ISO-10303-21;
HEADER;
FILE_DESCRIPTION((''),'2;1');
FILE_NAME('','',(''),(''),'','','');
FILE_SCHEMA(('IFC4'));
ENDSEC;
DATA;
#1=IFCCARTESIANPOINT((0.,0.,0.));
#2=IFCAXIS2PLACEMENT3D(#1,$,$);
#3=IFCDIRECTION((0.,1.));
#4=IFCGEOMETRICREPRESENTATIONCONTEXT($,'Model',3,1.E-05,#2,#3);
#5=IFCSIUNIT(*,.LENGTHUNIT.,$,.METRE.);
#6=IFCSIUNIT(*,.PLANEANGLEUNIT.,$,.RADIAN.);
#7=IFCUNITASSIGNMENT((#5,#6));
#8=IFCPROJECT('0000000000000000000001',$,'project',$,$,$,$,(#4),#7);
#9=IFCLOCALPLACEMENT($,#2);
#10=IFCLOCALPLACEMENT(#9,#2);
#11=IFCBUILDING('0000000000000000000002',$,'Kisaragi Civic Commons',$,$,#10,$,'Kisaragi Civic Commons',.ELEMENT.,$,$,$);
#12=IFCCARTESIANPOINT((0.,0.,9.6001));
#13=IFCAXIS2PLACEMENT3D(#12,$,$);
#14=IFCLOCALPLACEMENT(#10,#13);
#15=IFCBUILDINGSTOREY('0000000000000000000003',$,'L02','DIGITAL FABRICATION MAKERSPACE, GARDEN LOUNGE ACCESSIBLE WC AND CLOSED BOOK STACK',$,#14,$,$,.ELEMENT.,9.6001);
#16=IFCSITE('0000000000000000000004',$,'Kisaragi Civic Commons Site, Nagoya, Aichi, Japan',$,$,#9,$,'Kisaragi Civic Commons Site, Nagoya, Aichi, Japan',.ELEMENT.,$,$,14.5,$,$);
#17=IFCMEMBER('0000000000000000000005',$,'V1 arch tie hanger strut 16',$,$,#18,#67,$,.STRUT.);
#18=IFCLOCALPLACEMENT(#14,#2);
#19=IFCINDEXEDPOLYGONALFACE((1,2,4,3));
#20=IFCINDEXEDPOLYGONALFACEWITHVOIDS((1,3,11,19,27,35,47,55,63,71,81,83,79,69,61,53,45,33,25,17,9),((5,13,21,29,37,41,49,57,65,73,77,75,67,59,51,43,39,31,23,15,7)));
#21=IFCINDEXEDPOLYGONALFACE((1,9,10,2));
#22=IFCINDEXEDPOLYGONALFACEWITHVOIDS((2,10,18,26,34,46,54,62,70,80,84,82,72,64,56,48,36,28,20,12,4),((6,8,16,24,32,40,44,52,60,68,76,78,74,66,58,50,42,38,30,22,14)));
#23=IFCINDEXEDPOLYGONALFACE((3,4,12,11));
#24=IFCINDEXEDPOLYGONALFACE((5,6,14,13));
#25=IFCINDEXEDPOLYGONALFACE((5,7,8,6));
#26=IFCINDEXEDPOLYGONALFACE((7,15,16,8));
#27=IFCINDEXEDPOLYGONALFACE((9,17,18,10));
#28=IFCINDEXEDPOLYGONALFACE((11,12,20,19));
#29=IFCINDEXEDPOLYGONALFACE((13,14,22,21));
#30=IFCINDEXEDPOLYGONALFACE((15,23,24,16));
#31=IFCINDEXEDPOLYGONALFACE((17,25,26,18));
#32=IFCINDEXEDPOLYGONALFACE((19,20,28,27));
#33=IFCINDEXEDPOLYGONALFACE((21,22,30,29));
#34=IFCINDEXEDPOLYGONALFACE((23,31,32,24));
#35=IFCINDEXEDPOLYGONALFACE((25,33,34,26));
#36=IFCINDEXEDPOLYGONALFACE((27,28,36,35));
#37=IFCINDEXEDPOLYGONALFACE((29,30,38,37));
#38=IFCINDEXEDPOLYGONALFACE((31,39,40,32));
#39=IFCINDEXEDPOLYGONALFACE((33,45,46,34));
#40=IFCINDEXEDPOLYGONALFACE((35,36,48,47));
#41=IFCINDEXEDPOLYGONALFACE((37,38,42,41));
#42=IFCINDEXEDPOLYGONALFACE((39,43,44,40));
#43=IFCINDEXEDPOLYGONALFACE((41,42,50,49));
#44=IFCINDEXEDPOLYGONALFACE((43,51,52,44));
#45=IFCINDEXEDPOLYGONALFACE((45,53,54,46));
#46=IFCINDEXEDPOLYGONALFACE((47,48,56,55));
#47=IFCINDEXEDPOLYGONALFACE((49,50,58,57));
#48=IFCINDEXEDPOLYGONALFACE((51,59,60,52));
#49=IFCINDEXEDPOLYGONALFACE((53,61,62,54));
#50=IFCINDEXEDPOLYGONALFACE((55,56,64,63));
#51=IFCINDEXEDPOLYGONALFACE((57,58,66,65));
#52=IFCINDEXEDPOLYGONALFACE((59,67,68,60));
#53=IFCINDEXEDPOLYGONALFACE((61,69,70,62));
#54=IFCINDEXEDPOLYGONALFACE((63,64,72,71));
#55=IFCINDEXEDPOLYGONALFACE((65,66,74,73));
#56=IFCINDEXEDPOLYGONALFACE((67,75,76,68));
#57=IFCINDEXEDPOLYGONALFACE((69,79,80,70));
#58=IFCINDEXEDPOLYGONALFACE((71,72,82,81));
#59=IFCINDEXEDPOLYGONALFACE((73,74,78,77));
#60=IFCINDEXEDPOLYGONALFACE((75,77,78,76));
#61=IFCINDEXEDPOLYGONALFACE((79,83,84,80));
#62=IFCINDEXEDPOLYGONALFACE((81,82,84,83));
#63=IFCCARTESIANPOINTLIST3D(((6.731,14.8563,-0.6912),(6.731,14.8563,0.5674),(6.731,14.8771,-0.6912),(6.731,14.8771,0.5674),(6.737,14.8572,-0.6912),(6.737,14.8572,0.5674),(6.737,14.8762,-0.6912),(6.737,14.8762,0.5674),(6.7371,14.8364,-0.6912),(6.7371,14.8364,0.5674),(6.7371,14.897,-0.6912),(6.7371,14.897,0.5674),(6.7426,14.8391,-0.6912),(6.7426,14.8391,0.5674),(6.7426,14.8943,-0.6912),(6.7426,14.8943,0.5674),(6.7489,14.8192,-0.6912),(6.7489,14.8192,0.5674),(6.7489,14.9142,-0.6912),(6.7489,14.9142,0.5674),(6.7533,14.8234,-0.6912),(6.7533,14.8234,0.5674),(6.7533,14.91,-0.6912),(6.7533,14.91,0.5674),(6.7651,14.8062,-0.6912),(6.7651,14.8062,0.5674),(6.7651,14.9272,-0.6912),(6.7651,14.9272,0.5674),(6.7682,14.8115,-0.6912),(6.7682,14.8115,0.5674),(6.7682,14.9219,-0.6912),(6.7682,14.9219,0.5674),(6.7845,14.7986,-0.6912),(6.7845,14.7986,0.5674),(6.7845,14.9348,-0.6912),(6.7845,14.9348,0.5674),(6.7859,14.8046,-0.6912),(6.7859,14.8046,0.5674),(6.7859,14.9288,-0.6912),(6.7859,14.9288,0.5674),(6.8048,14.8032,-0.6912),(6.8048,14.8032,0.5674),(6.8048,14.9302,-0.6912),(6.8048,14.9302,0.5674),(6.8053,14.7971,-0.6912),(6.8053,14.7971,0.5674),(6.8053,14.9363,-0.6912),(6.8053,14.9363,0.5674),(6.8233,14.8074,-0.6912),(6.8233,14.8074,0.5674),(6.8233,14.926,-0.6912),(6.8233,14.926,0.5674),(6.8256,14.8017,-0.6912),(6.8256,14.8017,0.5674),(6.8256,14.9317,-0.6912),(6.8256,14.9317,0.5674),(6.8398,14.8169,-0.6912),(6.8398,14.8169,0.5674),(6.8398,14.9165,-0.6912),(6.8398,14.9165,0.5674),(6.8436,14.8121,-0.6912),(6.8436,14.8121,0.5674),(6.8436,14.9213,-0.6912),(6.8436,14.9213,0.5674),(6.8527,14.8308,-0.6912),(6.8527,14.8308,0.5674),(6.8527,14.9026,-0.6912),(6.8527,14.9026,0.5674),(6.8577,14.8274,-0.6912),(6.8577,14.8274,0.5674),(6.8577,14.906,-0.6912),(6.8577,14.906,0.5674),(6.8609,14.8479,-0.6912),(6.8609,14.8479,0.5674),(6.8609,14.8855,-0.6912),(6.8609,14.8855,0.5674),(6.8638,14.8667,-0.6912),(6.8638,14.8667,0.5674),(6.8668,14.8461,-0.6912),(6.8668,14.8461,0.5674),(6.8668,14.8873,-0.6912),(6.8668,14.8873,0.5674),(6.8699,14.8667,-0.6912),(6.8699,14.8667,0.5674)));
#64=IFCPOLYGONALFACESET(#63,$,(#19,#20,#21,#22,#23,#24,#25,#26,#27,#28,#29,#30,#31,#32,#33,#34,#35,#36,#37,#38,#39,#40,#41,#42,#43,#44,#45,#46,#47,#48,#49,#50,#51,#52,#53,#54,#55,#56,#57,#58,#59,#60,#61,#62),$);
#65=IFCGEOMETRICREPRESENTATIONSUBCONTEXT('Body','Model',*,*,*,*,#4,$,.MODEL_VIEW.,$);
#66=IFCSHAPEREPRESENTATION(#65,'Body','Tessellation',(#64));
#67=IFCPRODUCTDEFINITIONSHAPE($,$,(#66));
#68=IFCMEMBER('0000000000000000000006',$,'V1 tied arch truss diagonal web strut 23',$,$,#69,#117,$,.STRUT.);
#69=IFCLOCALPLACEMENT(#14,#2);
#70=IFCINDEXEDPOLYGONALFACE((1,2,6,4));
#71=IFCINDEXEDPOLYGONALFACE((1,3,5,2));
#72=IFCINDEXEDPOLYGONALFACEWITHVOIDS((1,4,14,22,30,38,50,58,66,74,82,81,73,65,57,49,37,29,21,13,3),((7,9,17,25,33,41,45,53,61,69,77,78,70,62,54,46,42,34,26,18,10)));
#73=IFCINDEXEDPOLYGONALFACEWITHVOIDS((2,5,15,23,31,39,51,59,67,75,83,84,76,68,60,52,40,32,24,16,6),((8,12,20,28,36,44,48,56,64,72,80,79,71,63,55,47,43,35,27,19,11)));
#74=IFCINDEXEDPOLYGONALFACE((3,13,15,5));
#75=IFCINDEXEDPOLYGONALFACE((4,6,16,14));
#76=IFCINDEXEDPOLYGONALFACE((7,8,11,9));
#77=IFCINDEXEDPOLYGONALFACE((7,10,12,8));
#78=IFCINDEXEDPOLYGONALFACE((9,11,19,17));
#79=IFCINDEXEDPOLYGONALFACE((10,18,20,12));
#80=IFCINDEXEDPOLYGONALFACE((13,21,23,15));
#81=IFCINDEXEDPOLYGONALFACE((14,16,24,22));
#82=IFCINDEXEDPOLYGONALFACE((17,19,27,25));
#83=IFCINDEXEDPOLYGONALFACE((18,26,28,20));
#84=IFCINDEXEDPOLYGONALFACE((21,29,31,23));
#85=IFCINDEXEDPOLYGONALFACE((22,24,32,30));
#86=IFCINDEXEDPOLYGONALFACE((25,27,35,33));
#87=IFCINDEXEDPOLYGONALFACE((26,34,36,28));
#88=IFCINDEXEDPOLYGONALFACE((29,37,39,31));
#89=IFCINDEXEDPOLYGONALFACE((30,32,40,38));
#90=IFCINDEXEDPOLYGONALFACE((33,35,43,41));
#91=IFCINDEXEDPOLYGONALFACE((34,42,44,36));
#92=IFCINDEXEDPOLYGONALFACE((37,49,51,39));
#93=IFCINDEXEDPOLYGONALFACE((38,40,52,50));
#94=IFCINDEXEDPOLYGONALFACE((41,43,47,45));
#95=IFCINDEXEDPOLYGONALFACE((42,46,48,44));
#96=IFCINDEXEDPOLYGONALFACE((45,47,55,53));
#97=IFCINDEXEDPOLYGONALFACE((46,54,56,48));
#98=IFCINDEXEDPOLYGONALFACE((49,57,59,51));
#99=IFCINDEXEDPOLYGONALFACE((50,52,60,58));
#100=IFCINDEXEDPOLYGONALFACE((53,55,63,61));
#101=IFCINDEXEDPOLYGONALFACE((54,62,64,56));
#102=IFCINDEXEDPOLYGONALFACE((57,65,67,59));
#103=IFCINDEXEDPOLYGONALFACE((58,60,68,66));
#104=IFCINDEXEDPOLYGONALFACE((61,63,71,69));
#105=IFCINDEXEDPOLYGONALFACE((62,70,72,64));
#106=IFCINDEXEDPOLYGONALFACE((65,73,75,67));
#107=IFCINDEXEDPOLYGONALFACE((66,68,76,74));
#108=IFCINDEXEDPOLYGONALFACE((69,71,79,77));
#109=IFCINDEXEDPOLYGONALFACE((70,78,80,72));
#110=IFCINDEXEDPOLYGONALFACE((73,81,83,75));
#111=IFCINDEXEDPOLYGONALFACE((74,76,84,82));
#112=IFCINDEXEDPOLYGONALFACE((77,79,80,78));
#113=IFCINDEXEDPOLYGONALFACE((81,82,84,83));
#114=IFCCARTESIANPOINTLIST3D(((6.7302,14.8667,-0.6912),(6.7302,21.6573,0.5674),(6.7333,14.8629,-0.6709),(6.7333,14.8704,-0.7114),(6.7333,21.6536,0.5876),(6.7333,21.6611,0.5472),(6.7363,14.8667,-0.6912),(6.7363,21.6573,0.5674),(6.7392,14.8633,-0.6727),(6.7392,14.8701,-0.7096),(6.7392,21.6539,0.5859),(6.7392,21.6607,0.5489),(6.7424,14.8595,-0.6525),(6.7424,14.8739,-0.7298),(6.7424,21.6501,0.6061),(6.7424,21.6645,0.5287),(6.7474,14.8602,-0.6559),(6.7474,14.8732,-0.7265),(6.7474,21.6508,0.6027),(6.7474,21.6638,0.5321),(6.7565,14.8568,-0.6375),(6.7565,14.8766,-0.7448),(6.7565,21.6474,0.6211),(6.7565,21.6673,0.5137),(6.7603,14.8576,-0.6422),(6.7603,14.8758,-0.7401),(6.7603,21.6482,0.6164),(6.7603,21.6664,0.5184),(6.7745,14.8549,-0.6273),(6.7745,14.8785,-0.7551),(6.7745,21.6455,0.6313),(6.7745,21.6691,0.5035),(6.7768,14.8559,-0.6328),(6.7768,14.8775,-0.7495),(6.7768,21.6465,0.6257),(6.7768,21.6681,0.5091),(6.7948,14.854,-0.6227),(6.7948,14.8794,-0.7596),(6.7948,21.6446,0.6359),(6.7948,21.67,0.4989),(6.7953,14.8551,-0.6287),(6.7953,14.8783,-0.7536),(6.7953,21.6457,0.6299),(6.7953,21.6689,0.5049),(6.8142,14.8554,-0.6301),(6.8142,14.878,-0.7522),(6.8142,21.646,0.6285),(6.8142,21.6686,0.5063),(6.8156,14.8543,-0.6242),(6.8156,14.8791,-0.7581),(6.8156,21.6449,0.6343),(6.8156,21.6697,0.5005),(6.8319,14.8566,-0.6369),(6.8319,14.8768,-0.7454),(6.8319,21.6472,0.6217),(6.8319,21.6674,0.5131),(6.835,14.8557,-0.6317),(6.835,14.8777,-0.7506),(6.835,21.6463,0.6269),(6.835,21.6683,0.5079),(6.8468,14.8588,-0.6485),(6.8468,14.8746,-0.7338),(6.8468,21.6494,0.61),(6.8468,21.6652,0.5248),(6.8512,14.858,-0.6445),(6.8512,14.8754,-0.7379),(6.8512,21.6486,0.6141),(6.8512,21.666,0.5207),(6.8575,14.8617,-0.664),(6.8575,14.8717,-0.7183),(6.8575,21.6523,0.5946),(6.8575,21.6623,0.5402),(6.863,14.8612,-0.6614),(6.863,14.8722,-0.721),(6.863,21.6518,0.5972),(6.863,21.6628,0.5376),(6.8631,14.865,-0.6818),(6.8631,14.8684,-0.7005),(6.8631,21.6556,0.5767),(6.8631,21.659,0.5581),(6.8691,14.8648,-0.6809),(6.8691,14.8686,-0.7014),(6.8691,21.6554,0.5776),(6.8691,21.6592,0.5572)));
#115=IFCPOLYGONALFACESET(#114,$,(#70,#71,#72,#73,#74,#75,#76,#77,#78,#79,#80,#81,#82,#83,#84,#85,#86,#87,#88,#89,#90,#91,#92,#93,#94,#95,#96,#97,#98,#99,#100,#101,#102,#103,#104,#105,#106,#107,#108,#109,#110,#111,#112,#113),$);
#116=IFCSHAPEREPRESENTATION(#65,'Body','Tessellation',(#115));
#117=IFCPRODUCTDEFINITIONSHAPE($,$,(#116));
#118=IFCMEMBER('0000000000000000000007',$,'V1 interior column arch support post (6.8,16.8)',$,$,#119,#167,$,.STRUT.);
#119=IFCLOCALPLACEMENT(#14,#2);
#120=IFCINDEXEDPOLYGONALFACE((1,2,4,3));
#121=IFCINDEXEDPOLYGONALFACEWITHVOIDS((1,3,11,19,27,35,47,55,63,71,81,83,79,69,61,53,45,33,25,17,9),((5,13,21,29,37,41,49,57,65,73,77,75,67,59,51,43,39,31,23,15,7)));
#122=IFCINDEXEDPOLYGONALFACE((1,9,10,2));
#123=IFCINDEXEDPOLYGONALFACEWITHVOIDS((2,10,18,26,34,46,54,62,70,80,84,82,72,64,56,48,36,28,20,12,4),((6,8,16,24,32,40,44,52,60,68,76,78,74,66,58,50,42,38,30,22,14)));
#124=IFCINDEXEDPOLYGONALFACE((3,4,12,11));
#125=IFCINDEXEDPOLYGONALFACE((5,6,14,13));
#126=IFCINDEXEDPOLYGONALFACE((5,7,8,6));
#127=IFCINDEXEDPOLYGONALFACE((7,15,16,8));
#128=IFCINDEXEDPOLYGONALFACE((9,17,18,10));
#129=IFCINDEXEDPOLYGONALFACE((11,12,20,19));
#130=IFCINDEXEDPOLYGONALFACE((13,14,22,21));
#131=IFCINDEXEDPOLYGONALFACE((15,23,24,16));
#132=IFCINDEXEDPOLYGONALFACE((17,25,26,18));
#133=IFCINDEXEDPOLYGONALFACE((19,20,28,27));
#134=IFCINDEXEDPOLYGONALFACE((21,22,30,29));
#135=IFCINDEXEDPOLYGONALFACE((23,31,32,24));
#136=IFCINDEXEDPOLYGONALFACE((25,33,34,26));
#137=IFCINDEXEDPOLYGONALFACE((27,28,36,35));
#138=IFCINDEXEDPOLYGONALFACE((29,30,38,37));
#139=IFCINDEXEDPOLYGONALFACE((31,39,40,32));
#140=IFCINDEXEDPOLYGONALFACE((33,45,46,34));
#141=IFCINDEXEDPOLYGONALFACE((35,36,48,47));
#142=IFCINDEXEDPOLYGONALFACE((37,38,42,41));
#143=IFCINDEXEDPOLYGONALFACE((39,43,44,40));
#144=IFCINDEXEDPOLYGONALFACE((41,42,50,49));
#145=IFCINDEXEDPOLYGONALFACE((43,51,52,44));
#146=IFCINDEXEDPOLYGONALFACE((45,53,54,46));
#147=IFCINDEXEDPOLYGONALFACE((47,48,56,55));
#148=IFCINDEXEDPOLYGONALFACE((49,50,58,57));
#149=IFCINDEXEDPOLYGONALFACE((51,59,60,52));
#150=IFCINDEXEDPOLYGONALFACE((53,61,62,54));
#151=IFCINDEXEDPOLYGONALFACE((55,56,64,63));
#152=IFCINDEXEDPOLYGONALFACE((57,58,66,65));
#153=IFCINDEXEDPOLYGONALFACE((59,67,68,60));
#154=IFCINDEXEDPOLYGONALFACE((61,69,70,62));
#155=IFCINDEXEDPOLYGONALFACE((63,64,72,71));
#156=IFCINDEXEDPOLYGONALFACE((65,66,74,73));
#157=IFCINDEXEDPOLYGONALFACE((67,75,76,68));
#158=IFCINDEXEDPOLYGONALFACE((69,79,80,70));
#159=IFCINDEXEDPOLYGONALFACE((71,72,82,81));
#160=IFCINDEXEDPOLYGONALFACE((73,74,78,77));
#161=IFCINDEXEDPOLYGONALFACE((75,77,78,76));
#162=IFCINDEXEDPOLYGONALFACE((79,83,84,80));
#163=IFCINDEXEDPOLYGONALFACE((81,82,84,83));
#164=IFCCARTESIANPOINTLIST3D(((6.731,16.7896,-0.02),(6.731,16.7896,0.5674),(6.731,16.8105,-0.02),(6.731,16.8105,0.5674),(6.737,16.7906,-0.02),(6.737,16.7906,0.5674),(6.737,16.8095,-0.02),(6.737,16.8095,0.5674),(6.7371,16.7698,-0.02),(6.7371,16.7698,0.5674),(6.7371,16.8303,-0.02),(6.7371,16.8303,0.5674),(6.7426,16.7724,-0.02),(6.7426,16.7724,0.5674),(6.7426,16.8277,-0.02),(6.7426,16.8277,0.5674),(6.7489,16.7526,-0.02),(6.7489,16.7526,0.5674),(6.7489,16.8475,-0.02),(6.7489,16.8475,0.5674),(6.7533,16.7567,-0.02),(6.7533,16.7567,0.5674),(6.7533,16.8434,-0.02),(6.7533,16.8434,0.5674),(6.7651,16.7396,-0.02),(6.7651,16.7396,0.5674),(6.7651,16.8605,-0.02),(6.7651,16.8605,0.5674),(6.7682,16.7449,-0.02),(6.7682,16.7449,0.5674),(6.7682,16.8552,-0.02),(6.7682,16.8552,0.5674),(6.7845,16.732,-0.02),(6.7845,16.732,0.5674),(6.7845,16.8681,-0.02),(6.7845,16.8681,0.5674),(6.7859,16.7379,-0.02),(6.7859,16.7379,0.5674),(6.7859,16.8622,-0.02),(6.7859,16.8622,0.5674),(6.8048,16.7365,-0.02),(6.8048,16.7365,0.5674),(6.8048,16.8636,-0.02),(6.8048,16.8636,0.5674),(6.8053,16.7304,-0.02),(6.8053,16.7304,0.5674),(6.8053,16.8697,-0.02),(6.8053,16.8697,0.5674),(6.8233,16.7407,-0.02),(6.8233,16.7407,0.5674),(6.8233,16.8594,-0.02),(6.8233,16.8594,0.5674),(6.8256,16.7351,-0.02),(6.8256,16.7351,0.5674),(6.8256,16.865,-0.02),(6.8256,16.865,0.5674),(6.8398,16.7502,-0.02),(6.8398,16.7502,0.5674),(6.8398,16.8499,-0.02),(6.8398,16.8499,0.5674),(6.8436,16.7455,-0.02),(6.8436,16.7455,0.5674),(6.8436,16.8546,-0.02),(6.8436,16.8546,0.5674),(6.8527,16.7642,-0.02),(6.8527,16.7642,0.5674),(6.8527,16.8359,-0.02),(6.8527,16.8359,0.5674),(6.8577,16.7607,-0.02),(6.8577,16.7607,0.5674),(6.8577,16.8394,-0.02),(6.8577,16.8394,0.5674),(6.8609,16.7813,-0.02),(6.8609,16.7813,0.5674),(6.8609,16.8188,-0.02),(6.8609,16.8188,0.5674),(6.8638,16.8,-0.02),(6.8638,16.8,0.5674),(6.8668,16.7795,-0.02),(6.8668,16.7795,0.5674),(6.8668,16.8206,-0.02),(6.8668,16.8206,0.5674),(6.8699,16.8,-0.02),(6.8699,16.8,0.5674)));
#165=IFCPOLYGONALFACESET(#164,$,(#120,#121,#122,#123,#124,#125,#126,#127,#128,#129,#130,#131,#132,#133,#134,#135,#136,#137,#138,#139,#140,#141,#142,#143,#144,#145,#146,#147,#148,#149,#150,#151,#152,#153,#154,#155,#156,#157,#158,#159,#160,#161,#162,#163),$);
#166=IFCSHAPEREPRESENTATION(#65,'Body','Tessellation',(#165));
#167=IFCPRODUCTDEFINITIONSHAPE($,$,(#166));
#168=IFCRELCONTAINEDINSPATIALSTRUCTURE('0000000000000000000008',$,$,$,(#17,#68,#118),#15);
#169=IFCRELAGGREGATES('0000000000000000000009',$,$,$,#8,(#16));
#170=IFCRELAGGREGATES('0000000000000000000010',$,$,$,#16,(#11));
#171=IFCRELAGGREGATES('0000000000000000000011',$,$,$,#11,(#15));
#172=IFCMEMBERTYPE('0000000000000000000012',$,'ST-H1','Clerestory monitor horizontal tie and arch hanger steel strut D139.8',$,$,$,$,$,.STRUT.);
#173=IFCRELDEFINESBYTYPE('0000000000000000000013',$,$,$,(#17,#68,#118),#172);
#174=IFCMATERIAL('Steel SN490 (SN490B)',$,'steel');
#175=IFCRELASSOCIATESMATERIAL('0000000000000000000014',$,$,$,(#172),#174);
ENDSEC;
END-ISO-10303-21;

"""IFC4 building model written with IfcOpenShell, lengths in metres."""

from ifc_helpers import new_model, si_unit, direction, frame, origin, origin_2d, place, context, subcontext, project, spatial, hollow_circle, extrude, material, material_profile, profile_set, type_object, element, save


model = new_model("IFC4")

# Units and contexts
model_context = context("Model", 3, precision=1e-05, world=origin(), true_north=direction((0.0, 1.0)))
body_context = subcontext(model_context, "Body", "Model", "MODEL_VIEW")
ifc_project = project(units=[si_unit("LENGTHUNIT", "METRE"), si_unit("PLANEANGLEUNIT", "RADIAN")], contexts=[model_context])

# Site, building, storey
site_placement = place(None, origin())
site = spatial("IfcSite", under=ifc_project, at=site_placement, Name="Kisaragi Civic Commons Site, Nagoya, Aichi, Japan", LongName="Kisaragi Civic Commons Site, Nagoya, Aichi, Japan", CompositionType="ELEMENT", RefElevation=14.5)
building_placement = place(site_placement, origin())
building = spatial("IfcBuilding", under=site, at=building_placement, Name="Kisaragi Civic Commons", LongName="Kisaragi Civic Commons", CompositionType="ELEMENT")
storey_placement = place(building_placement, frame((0.0, 0.0, 9.6001)))
storey = spatial("IfcBuildingStorey", under=building, at=storey_placement, Name="L02", Description="DIGITAL FABRICATION MAKERSPACE, GARDEN LOUNGE ACCESSIBLE WC AND CLOSED BOOK STACK", CompositionType="ELEMENT", Elevation=9.6001)

# Members
ifc_material_1 = material(Name="Steel SN490 (SN490B)", Category="steel")
ifc_material_profile_1 = material_profile(ifc_material_1, hollow_circle(Radius=0.0698, WallThickness=0.0061, at=origin_2d()), Name="CHS-139.8x6.0", Category="steel")
ifc_profile_set_1 = profile_set([ifc_material_profile_1], Name="Steel SN490 (SN490B)")
member_type_1 = type_object("IfcMemberType", Name="ST-H1", Description="Clerestory monitor horizontal tie and arch hanger steel strut D139.8", PredefinedType="STRUT", material=ifc_profile_set_1)
member_1_placement = place(storey_placement, frame((6.8, 14.8667, -0.6912), z_axis=(0.0, 0.0, 1.0), x_axis=(1.0, 0.0, 0.0)))
element("IfcMember", 1, at=member_1_placement, inside=storey, type_object=member_type_1, Name="V1 arch tie hanger strut 16", PredefinedType="STRUT", context=body_context, shape_type="SweptSolid", body=[
    extrude(hollow_circle(Radius=0.0698, WallThickness=0.0061, at=origin_2d()), origin(), (0.0, 0.0, 1.0), 1.2585),
])
member_2_placement = place(storey_placement, frame((6.8, 14.8667, -0.6912), z_axis=(0.0, 0.983255, 0.182235), x_axis=(-1.0, 0.0, 0.0)))
element("IfcMember", 2, at=member_2_placement, inside=storey, type_object=member_type_1, Name="V1 tied arch truss diagonal web strut 23", PredefinedType="STRUT", context=body_context, shape_type="SweptSolid", body=[
    extrude(hollow_circle(Radius=0.0698, WallThickness=0.0061, at=origin_2d()), origin(), (0.0, 0.0, 1.0), 6.9062),
])
member_3_placement = place(storey_placement, frame((6.8, 16.8, -0.02), z_axis=(0.0, 0.0, 1.0), x_axis=(1.0, 0.0, 0.0)))
element("IfcMember", 3, at=member_3_placement, inside=storey, type_object=member_type_1, Name="V1 interior column arch support post (6.8,16.8)", PredefinedType="STRUT", context=body_context, shape_type="SweptSolid", body=[
    extrude(hollow_circle(Radius=0.0698, WallThickness=0.0061, at=origin_2d()), origin(), (0.0, 0.0, 1.0), 0.5874),
])

save(model, "model.ifc")
